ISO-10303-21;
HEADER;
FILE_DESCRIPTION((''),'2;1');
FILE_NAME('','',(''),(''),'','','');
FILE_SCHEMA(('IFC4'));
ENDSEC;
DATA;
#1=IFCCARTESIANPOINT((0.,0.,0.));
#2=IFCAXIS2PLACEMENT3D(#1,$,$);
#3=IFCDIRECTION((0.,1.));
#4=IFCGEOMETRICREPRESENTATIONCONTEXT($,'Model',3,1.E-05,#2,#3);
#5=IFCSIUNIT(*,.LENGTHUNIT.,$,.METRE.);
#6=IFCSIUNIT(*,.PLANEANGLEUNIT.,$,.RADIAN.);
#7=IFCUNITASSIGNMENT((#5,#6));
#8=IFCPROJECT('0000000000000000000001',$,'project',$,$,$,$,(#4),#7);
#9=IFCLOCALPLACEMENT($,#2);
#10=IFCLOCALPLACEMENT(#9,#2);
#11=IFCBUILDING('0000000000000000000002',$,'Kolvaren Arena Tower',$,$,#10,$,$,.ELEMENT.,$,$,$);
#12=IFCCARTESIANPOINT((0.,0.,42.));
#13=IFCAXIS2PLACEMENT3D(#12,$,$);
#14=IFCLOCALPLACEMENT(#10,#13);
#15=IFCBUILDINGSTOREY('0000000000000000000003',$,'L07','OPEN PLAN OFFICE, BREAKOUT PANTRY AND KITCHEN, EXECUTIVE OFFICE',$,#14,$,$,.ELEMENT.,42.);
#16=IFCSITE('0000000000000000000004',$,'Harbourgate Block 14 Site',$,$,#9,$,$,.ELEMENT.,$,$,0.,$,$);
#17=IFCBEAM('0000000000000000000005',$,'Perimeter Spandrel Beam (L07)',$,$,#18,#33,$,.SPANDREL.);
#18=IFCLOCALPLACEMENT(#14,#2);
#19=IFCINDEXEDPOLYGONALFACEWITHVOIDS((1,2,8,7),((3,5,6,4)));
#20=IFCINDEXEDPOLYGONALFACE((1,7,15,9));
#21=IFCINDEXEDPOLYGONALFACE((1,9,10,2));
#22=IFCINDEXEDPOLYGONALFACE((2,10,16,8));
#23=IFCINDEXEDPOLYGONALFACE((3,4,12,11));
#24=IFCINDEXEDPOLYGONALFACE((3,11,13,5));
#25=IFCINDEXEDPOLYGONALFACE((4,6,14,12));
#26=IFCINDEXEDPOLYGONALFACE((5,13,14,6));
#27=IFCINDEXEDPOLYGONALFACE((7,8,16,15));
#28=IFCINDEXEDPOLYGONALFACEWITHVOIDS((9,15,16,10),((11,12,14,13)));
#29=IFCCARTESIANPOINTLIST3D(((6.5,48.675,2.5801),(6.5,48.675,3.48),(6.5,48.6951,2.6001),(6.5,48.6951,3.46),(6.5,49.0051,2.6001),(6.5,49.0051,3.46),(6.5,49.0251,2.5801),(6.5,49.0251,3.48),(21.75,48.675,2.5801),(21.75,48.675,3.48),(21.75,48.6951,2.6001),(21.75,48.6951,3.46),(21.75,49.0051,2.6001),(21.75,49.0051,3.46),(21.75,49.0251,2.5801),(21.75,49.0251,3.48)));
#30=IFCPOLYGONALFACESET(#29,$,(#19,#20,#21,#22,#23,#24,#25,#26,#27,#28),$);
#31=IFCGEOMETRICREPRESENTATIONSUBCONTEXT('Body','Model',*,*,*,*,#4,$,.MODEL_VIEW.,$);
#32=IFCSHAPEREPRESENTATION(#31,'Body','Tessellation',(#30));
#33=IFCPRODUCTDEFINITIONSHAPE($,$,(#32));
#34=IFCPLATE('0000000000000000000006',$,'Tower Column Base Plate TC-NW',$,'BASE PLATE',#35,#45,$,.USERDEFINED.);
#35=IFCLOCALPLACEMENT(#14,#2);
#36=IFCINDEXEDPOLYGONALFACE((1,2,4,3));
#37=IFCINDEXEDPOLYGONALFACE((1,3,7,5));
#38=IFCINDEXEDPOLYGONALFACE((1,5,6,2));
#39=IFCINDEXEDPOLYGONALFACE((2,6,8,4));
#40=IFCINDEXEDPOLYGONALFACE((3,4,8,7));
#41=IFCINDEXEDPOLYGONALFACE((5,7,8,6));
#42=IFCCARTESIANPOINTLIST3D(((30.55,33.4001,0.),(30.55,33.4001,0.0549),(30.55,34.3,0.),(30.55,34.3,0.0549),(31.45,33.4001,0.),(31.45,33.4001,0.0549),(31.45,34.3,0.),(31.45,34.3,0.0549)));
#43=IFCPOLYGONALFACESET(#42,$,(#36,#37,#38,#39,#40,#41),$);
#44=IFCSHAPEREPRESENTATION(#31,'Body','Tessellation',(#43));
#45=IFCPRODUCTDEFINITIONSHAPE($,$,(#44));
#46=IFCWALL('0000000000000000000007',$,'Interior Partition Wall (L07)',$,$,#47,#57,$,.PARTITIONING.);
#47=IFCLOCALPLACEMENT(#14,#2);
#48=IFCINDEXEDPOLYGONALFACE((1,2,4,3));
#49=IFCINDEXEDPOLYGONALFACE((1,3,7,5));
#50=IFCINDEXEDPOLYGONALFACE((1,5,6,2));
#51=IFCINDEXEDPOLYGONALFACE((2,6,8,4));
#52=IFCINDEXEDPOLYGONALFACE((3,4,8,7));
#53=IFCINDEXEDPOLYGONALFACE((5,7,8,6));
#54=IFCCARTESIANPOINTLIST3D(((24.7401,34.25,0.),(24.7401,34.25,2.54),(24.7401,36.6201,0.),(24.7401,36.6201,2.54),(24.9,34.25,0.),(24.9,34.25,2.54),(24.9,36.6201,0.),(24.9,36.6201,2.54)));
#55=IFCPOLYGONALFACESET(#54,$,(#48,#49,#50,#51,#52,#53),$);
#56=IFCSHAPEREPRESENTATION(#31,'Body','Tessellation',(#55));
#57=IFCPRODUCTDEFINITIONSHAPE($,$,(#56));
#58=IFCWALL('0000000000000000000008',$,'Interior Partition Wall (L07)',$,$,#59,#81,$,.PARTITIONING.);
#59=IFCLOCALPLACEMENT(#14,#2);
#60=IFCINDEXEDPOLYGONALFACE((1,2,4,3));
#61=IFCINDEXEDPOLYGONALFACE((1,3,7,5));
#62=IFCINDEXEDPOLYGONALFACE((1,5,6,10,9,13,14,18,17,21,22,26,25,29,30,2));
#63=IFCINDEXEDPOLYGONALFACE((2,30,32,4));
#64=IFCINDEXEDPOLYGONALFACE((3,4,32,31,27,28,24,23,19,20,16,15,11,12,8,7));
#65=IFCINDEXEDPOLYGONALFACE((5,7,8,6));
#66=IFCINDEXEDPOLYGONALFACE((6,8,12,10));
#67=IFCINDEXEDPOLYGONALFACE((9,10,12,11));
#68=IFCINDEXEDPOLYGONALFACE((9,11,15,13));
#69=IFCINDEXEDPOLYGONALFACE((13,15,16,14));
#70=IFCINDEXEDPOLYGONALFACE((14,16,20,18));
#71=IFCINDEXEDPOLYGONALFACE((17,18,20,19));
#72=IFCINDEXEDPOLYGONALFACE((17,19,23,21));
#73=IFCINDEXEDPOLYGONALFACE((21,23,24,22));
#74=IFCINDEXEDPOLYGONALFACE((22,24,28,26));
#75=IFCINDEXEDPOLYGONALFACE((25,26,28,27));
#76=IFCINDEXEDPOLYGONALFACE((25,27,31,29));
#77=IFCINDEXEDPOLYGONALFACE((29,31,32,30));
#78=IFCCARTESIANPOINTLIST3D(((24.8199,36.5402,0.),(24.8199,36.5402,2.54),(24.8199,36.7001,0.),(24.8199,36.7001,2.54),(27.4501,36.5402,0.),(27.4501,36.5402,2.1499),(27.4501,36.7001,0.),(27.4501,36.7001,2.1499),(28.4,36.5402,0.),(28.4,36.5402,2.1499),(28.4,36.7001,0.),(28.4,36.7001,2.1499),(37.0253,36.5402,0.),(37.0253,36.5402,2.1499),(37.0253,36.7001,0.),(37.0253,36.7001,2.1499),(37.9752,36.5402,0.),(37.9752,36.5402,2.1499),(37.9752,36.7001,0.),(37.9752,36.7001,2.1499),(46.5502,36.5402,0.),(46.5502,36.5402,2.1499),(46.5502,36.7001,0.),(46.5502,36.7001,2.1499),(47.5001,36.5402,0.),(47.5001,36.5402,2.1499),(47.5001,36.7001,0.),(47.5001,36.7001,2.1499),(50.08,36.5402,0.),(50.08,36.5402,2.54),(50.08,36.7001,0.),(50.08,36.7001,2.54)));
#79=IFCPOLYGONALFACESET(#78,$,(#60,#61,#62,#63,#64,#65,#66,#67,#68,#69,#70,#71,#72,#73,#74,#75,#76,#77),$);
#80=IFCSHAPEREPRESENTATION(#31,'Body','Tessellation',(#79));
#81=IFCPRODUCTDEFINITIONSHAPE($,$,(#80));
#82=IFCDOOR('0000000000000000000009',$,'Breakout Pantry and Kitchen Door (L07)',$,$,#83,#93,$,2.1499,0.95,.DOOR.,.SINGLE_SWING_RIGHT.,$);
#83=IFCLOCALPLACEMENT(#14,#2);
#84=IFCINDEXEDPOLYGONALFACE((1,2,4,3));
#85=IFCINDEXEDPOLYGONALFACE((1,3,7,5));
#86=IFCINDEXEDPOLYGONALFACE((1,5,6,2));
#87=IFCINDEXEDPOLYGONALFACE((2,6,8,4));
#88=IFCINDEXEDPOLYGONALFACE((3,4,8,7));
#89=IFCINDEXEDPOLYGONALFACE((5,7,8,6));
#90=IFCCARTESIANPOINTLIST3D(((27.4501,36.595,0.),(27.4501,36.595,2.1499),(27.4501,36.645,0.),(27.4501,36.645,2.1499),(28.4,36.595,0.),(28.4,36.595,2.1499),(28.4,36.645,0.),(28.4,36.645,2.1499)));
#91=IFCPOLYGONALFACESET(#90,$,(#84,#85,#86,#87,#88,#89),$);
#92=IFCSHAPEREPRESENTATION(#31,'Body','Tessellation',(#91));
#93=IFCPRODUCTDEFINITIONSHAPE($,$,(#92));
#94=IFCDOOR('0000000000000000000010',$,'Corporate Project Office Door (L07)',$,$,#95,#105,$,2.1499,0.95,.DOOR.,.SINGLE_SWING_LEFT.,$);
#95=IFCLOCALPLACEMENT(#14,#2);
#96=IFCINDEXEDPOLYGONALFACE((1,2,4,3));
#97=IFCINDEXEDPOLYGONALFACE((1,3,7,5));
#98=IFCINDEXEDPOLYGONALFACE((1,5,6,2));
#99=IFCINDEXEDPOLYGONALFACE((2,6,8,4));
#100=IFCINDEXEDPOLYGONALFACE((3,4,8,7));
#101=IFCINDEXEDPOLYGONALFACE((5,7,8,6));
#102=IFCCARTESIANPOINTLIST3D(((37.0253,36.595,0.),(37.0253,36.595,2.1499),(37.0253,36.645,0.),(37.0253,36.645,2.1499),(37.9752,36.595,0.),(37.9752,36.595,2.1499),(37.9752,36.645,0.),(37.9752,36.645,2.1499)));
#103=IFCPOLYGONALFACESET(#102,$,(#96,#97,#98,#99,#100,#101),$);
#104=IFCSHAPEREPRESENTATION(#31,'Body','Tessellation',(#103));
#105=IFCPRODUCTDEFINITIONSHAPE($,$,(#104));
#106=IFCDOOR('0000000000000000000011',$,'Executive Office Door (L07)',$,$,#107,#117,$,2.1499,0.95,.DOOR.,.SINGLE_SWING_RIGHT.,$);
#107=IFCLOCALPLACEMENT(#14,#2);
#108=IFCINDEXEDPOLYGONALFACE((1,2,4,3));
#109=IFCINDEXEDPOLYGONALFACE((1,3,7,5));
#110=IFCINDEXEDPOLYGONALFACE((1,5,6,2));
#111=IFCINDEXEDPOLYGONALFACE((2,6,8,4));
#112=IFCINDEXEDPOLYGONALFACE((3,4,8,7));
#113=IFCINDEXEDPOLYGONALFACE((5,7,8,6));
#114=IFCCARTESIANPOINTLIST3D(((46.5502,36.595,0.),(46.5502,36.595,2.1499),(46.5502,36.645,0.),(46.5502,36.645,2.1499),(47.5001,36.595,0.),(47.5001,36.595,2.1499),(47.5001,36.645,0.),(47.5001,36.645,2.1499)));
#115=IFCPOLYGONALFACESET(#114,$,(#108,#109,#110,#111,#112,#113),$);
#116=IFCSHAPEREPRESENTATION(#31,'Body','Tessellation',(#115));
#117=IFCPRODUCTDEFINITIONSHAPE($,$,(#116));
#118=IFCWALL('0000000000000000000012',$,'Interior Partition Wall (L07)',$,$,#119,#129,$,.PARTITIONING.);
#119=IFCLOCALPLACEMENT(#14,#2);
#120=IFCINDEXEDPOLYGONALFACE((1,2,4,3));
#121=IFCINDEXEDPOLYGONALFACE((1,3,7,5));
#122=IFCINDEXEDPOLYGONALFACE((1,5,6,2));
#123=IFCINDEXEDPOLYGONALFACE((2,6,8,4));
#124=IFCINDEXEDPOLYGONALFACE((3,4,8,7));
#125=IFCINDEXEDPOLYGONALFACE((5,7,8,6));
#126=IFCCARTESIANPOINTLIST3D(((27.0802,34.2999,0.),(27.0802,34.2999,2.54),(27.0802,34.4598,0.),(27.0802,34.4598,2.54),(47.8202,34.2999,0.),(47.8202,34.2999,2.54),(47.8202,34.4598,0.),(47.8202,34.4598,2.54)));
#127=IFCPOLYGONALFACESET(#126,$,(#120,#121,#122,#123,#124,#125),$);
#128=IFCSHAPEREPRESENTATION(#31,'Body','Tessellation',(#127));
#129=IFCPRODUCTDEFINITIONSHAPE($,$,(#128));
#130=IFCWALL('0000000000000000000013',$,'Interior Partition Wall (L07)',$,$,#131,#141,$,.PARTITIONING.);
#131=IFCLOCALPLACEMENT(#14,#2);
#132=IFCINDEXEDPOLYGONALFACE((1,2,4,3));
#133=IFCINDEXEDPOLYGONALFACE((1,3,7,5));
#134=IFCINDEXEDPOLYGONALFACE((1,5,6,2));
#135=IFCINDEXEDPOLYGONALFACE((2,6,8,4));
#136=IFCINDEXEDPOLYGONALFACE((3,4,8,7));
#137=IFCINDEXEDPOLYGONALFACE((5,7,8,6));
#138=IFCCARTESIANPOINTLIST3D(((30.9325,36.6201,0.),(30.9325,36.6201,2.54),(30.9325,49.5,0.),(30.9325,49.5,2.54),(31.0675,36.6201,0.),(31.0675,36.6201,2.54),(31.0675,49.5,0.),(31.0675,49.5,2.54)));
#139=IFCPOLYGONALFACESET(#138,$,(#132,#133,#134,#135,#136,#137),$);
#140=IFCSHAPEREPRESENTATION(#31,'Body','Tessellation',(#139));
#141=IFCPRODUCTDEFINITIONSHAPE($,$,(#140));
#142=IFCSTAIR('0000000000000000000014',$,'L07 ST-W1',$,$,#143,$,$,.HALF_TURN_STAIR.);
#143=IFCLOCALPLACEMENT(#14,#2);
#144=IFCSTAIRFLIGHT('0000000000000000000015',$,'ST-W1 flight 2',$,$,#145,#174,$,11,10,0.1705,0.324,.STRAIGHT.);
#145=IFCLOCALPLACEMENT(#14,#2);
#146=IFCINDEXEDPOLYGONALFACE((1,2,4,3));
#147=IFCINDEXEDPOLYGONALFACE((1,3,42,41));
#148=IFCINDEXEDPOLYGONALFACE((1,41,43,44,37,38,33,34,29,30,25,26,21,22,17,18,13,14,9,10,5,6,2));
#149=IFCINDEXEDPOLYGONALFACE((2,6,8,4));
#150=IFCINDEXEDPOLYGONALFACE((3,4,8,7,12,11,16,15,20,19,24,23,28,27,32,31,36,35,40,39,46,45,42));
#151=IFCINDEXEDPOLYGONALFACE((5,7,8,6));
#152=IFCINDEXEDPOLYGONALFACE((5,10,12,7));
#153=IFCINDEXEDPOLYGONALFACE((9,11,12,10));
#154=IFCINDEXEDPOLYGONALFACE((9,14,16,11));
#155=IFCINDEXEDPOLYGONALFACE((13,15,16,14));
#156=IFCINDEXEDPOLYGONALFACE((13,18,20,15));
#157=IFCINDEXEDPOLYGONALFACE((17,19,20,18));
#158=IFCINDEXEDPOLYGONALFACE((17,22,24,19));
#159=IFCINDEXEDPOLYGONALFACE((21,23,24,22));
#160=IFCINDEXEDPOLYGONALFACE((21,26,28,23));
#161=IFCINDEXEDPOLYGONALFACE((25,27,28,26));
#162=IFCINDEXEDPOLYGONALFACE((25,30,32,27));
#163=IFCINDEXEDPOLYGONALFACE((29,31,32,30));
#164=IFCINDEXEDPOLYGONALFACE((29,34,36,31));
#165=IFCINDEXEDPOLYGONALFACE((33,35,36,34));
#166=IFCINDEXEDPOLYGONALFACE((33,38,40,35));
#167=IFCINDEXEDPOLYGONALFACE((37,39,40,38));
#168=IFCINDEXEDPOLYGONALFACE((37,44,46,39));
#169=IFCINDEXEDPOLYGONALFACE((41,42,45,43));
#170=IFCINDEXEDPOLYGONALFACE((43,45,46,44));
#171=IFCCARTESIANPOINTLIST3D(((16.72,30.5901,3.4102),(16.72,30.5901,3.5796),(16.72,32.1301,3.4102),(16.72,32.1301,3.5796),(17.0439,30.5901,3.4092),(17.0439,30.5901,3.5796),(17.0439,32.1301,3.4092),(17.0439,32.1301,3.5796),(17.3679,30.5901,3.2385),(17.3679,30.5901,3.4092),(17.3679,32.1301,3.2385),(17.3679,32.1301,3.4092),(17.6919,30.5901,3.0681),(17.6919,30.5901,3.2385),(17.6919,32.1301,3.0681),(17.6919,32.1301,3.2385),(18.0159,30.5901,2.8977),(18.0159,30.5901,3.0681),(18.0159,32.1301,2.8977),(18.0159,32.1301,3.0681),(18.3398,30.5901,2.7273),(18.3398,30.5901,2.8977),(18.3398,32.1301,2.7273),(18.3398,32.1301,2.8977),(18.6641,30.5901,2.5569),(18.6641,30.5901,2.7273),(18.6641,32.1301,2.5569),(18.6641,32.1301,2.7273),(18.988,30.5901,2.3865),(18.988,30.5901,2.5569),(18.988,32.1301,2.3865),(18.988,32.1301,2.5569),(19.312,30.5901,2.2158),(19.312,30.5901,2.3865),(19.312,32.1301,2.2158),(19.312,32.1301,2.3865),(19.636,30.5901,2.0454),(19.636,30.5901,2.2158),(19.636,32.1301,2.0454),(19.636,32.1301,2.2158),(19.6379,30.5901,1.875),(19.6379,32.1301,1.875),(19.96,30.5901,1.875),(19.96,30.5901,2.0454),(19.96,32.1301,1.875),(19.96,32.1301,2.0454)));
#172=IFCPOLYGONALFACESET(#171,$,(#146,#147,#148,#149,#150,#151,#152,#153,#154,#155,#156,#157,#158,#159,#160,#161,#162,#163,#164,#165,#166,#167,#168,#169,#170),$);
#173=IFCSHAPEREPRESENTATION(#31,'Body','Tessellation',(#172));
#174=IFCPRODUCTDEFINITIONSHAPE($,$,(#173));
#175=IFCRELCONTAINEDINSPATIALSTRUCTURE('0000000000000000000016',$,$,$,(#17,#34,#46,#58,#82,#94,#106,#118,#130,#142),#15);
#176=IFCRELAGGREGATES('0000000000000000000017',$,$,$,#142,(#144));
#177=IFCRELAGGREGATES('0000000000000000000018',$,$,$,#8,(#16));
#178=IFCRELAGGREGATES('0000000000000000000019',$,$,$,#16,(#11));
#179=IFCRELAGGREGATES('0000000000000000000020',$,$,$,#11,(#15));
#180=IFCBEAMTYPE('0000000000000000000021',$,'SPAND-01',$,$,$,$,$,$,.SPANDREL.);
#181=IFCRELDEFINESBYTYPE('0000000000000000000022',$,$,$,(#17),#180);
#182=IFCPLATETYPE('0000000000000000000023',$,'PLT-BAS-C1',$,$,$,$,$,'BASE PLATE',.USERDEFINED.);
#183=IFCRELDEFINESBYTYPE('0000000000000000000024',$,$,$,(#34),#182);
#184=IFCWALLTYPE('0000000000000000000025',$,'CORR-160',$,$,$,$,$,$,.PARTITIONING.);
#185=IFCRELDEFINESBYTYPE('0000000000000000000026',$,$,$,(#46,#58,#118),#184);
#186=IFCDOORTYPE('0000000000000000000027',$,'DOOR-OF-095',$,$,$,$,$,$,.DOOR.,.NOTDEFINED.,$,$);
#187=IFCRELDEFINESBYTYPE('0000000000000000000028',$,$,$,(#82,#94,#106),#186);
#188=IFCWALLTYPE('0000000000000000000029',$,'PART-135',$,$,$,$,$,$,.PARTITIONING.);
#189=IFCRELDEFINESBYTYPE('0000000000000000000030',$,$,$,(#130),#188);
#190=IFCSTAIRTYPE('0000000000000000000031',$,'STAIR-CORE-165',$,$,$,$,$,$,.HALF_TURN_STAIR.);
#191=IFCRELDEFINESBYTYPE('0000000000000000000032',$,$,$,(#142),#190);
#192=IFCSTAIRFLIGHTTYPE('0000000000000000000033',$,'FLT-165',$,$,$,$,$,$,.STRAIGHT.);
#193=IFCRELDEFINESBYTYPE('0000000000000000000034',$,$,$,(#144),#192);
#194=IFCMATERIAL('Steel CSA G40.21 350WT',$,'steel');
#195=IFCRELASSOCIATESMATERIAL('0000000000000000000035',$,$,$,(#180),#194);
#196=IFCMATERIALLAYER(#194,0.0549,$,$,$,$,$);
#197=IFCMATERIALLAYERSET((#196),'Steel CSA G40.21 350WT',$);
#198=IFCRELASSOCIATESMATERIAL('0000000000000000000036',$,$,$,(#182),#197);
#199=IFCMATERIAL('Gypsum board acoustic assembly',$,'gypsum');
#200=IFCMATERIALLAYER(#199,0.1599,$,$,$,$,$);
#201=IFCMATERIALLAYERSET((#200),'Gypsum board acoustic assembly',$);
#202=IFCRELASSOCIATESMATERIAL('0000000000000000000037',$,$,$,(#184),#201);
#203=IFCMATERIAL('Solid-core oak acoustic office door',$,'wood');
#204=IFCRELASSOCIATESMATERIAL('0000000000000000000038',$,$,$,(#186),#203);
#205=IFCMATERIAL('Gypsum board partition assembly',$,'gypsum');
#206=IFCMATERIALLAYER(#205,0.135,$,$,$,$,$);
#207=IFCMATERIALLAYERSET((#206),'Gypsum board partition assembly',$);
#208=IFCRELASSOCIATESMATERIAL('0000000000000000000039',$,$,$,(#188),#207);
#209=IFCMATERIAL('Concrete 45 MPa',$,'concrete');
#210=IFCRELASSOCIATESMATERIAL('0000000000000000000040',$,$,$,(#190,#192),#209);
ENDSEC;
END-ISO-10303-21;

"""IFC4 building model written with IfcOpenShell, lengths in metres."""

from ifc_helpers import new_model, si_unit, direction, frame, frame_2d, origin, origin_2d, place, context, subcontext, project, spatial, polyline, rectangle, hollow_rectangle, outline, extrude, material, layer, layer_set, material_profile, profile_set, type_object, element, fill, aggregate, save


model = new_model("IFC4")

# Units and contexts
model_context = context("Model", 3, precision=1e-05, world=origin(), true_north=direction((0.0, 1.0)))
body_context = subcontext(model_context, "Body", "Model", "MODEL_VIEW")
ifc_project = project(units=[si_unit("LENGTHUNIT", "METRE"), si_unit("PLANEANGLEUNIT", "RADIAN")], contexts=[model_context])

# Site, building, storey
site_placement = place(None, origin())
site = spatial("IfcSite", under=ifc_project, at=site_placement, Name="Harbourgate Block 14 Site", CompositionType="ELEMENT", RefElevation=0.0)
building_placement = place(site_placement, origin())
building = spatial("IfcBuilding", under=site, at=building_placement, Name="Kolvaren Arena Tower", CompositionType="ELEMENT")
storey_placement = place(building_placement, frame((0.0, 0.0, 42.0)))
storey = spatial("IfcBuildingStorey", under=building, at=storey_placement, Name="L07", Description="OPEN PLAN OFFICE, BREAKOUT PANTRY AND KITCHEN, EXECUTIVE OFFICE", CompositionType="ELEMENT", Elevation=42.0)

# Beam
ifc_material_1 = material(Name="Steel CSA G40.21 350WT", Category="steel")
ifc_material_profile_1 = material_profile(ifc_material_1, hollow_rectangle(XDim=0.3501, YDim=0.8999, WallThickness=0.02, at=origin_2d()), Name="HSS 900x350x20")
ifc_profile_set_1 = profile_set([ifc_material_profile_1], Name="Steel CSA G40.21 350WT")
beam_type_1 = type_object("IfcBeamType", Name="SPAND-01", PredefinedType="SPANDREL", material=ifc_profile_set_1)
beam_1_placement = place(storey_placement, frame((21.75, 48.8501, 3.03), z_axis=(-1.0, 0.0, 0.0), x_axis=(0.0, -1.0, 0.0)))
element("IfcBeam", 1, at=beam_1_placement, inside=storey, type_object=beam_type_1, Name="Perimeter Spandrel Beam (L07)", PredefinedType="SPANDREL", context=body_context, shape_type="SweptSolid", body=[
    extrude(hollow_rectangle(XDim=0.3501, YDim=0.8999, WallThickness=0.02, at=origin_2d()), origin(), (0.0, 0.0, 1.0), 15.25),
])

# Plate
ifc_layer_1 = layer(ifc_material_1, 0.0549)
ifc_layer_set_1 = layer_set([ifc_layer_1], Name="Steel CSA G40.21 350WT")
plate_type = type_object("IfcPlateType", Name="PLT-BAS-C1", ElementType="BASE PLATE", PredefinedType="USERDEFINED", material=ifc_layer_set_1)
plate_placement = place(storey_placement, frame((31.0, 33.8501, 0.0), z_axis=(0.0, 0.0, 1.0), x_axis=(1.0, 0.0, 0.0)))
element("IfcPlate", 2, at=plate_placement, inside=storey, type_object=plate_type, Name="Tower Column Base Plate TC-NW", ObjectType="BASE PLATE", PredefinedType="USERDEFINED", context=body_context, shape_type="SweptSolid", body=[
    extrude(rectangle(XDim=0.8999, YDim=0.8999, at=origin_2d()), origin(), (0.0, 0.0, 1.0), 0.0549),
])

# Wall
ifc_material_2 = material(Name="Gypsum board acoustic assembly", Category="gypsum")
ifc_layer_2 = layer(ifc_material_2, 0.1599)
ifc_layer_set_2 = layer_set([ifc_layer_2], Name="Gypsum board acoustic assembly")
wall_type_1 = type_object("IfcWallType", Name="CORR-160", PredefinedType="PARTITIONING", material=ifc_layer_set_2)
wall_1_placement = place(storey_placement, frame((24.8201, 34.25, 0.0), z_axis=(0.0, 0.0, 1.0), x_axis=(0.0, 1.0, 0.0)))
element("IfcWall", 3, at=wall_1_placement, inside=storey, type_object=wall_type_1, Name="Interior Partition Wall (L07)", PredefinedType="PARTITIONING", context=body_context, shape_type="SweptSolid", body=[
    extrude(rectangle(XDim=2.3701, YDim=0.1599, at=frame_2d((1.1851, 0.0))), origin(), (0.0, 0.0, 1.0), 2.54),
])

# Wall, openings, doors
wall_2_placement = place(storey_placement, frame((24.8201, 36.6201, 0.0), z_axis=(0.0, 0.0, 1.0), x_axis=(1.0, 0.0, 0.0)))
wall_2 = element("IfcWall", 4, at=wall_2_placement, inside=storey, type_object=wall_type_1, Name="Interior Partition Wall (L07)", PredefinedType="PARTITIONING", context=body_context, shape_type="SweptSolid", body=[
    extrude(rectangle(XDim=25.26, YDim=0.1599, at=frame_2d((12.6299, 0.0))), origin(), (0.0, 0.0, 1.0), 2.54),
])
opening_1_placement = place(wall_2_placement, frame((2.6299, 0.0, 0.0)))
opening_1 = element("IfcOpeningElement", 5, at=opening_1_placement, cuts=wall_2, PredefinedType="OPENING", context=body_context, shape_type="SweptSolid", body=[
    extrude(rectangle(XDim=0.95, YDim=2.1499, at=frame_2d((0.4751, 1.075))), frame((0.0, 0.0898, 0.0), z_axis=(0.0, -1.0, 0.0), x_axis=(1.0, 0.0, 0.0)), (0.0, 0.0, 1.0), 0.1799),
])
opening_2_placement = place(wall_2_placement, frame((12.2051, 0.0, 0.0)))
opening_2 = element("IfcOpeningElement", 6, at=opening_2_placement, cuts=wall_2, PredefinedType="OPENING", context=body_context, shape_type="SweptSolid", body=[
    extrude(rectangle(XDim=0.95, YDim=2.1499, at=frame_2d((0.4751, 1.075))), frame((0.0, 0.0898, 0.0), z_axis=(0.0, -1.0, 0.0), x_axis=(1.0, 0.0, 0.0)), (0.0, 0.0, 1.0), 0.1799),
])
opening_3_placement = place(wall_2_placement, frame((21.73, 0.0, 0.0)))
opening_3 = element("IfcOpeningElement", 7, at=opening_3_placement, cuts=wall_2, PredefinedType="OPENING", context=body_context, shape_type="SweptSolid", body=[
    extrude(rectangle(XDim=0.95, YDim=2.1499, at=frame_2d((0.4751, 1.075))), frame((0.0, 0.0898, 0.0), z_axis=(0.0, -1.0, 0.0), x_axis=(1.0, 0.0, 0.0)), (0.0, 0.0, 1.0), 0.1799),
])
ifc_material_3 = material(Name="Solid-core oak acoustic office door", Category="wood")
door_type = type_object("IfcDoorType", Name="DOOR-OF-095", OperationType="NOTDEFINED", PredefinedType="DOOR", material=ifc_material_3)
door_1_placement = place(opening_1_placement, origin())
door_1 = element("IfcDoor", 8, at=door_1_placement, inside=storey, type_object=door_type, Name="Breakout Pantry and Kitchen Door (L07)", OperationType="SINGLE_SWING_RIGHT", OverallHeight=2.1499, OverallWidth=0.95, PredefinedType="DOOR", context=body_context, shape_type="SweptSolid", body=[
    extrude(rectangle(XDim=0.95, YDim=2.1499, at=frame_2d((0.4751, 1.075))), frame((0.0, 0.0249, 0.0), z_axis=(0.0, -1.0, 0.0), x_axis=(1.0, 0.0, 0.0)), (0.0, 0.0, 1.0), 0.05),
])
fill(opening_1, door_1)
door_2_placement = place(opening_2_placement, origin())
door_2 = element("IfcDoor", 9, at=door_2_placement, inside=storey, type_object=door_type, Name="Corporate Project Office Door (L07)", OperationType="SINGLE_SWING_LEFT", OverallHeight=2.1499, OverallWidth=0.95, PredefinedType="DOOR", context=body_context, shape_type="SweptSolid", body=[
    extrude(rectangle(XDim=0.95, YDim=2.1499, at=frame_2d((0.4751, 1.075))), frame((0.0, 0.0249, 0.0), z_axis=(0.0, -1.0, 0.0), x_axis=(1.0, 0.0, 0.0)), (0.0, 0.0, 1.0), 0.05),
])
fill(opening_2, door_2)
door_3_placement = place(opening_3_placement, origin())
door_3 = element("IfcDoor", 10, at=door_3_placement, inside=storey, type_object=door_type, Name="Executive Office Door (L07)", OperationType="SINGLE_SWING_RIGHT", OverallHeight=2.1499, OverallWidth=0.95, PredefinedType="DOOR", context=body_context, shape_type="SweptSolid", body=[
    extrude(rectangle(XDim=0.95, YDim=2.1499, at=frame_2d((0.4751, 1.075))), frame((0.0, 0.0249, 0.0), z_axis=(0.0, -1.0, 0.0), x_axis=(1.0, 0.0, 0.0)), (0.0, 0.0, 1.0), 0.05),
])
fill(opening_3, door_3)

# Walls
wall_3_placement = place(storey_placement, frame((27.0801, 34.3799, 0.0), z_axis=(0.0, 0.0, 1.0), x_axis=(1.0, 0.0, 0.0)))
element("IfcWall", 11, at=wall_3_placement, inside=storey, type_object=wall_type_1, Name="Interior Partition Wall (L07)", PredefinedType="PARTITIONING", context=body_context, shape_type="SweptSolid", body=[
    extrude(rectangle(XDim=20.74, YDim=0.1599, at=frame_2d((10.3701, 0.0))), origin(), (0.0, 0.0, 1.0), 2.54),
])
ifc_material_4 = material(Name="Gypsum board partition assembly", Category="gypsum")
ifc_layer_3 = layer(ifc_material_4, 0.135)
ifc_layer_set_3 = layer_set([ifc_layer_3], Name="Gypsum board partition assembly")
wall_type_2 = type_object("IfcWallType", Name="PART-135", PredefinedType="PARTITIONING", material=ifc_layer_set_3)
wall_4_placement = place(storey_placement, frame((31.0, 36.6201, 0.0), z_axis=(0.0, 0.0, 1.0), x_axis=(0.0, 1.0, 0.0)))
element("IfcWall", 12, at=wall_4_placement, inside=storey, type_object=wall_type_2, Name="Interior Partition Wall (L07)", PredefinedType="PARTITIONING", context=body_context, shape_type="SweptSolid", body=[
    extrude(rectangle(XDim=12.8799, YDim=0.135, at=frame_2d((6.4399, 0.0))), origin(), (0.0, 0.0, 1.0), 2.54),
])

# Stair, stair flight
ifc_material_5 = material(Name="Concrete 45 MPa", Category="concrete")
stair_type = type_object("IfcStairType", Name="STAIR-CORE-165", PredefinedType="HALF_TURN_STAIR", material=ifc_material_5)
stair_placement = place(storey_placement, origin())
stair = element("IfcStair", 13, at=stair_placement, inside=storey, type_object=stair_type, Name="L07 ST-W1", PredefinedType="HALF_TURN_STAIR")
stair_flight_type = type_object("IfcStairFlightType", Name="FLT-165", PredefinedType="STRAIGHT", material=ifc_material_5)
stair_flight_placement = place(storey_placement, frame((19.96, 31.3601, 1.875), z_axis=(0.0, 0.0, 1.0), x_axis=(-1.0, 0.0, 0.0)))
stair_flight = element("IfcStairFlight", 14, at=stair_flight_placement, type_object=stair_flight_type, Name="ST-W1 flight 2", NumberOfRisers=11, NumberOfTreads=10, PredefinedType="STRAIGHT", RiserHeight=0.1705, TreadLength=0.324, context=body_context, shape_type="SweptSolid", body=[
    extrude(outline(polyline([(0.0, 0.0), (0.0, 0.1704), (0.324, 0.1704), (0.324, 0.3408), (0.6479, 0.3408), (0.6479, 0.5115), (0.9719, 0.5115), (0.9719, 0.6819), (1.2959, 0.6819), (1.2959, 0.8523), (1.6201, 0.8523), (1.6201, 1.0227), (1.9441, 1.0227), (1.9441, 1.1931), (2.2681, 1.1931), (2.2681, 1.3635), (2.592, 1.3635), (2.592, 1.5342), (2.916, 1.5342), (2.916, 1.7046), (3.24, 1.7046), (3.24, 1.875), (3.24, 1.5352), (0.322, 0.0), (0.0, 0.0)])), frame((0.0, 0.77, 0.0), z_axis=(0.0, -1.0, 0.0), x_axis=(1.0, 0.0, 0.0)), (0.0, 0.0, 1.0), 1.54),
])
aggregate(stair, [stair_flight])

save(model, "model.ifc")
